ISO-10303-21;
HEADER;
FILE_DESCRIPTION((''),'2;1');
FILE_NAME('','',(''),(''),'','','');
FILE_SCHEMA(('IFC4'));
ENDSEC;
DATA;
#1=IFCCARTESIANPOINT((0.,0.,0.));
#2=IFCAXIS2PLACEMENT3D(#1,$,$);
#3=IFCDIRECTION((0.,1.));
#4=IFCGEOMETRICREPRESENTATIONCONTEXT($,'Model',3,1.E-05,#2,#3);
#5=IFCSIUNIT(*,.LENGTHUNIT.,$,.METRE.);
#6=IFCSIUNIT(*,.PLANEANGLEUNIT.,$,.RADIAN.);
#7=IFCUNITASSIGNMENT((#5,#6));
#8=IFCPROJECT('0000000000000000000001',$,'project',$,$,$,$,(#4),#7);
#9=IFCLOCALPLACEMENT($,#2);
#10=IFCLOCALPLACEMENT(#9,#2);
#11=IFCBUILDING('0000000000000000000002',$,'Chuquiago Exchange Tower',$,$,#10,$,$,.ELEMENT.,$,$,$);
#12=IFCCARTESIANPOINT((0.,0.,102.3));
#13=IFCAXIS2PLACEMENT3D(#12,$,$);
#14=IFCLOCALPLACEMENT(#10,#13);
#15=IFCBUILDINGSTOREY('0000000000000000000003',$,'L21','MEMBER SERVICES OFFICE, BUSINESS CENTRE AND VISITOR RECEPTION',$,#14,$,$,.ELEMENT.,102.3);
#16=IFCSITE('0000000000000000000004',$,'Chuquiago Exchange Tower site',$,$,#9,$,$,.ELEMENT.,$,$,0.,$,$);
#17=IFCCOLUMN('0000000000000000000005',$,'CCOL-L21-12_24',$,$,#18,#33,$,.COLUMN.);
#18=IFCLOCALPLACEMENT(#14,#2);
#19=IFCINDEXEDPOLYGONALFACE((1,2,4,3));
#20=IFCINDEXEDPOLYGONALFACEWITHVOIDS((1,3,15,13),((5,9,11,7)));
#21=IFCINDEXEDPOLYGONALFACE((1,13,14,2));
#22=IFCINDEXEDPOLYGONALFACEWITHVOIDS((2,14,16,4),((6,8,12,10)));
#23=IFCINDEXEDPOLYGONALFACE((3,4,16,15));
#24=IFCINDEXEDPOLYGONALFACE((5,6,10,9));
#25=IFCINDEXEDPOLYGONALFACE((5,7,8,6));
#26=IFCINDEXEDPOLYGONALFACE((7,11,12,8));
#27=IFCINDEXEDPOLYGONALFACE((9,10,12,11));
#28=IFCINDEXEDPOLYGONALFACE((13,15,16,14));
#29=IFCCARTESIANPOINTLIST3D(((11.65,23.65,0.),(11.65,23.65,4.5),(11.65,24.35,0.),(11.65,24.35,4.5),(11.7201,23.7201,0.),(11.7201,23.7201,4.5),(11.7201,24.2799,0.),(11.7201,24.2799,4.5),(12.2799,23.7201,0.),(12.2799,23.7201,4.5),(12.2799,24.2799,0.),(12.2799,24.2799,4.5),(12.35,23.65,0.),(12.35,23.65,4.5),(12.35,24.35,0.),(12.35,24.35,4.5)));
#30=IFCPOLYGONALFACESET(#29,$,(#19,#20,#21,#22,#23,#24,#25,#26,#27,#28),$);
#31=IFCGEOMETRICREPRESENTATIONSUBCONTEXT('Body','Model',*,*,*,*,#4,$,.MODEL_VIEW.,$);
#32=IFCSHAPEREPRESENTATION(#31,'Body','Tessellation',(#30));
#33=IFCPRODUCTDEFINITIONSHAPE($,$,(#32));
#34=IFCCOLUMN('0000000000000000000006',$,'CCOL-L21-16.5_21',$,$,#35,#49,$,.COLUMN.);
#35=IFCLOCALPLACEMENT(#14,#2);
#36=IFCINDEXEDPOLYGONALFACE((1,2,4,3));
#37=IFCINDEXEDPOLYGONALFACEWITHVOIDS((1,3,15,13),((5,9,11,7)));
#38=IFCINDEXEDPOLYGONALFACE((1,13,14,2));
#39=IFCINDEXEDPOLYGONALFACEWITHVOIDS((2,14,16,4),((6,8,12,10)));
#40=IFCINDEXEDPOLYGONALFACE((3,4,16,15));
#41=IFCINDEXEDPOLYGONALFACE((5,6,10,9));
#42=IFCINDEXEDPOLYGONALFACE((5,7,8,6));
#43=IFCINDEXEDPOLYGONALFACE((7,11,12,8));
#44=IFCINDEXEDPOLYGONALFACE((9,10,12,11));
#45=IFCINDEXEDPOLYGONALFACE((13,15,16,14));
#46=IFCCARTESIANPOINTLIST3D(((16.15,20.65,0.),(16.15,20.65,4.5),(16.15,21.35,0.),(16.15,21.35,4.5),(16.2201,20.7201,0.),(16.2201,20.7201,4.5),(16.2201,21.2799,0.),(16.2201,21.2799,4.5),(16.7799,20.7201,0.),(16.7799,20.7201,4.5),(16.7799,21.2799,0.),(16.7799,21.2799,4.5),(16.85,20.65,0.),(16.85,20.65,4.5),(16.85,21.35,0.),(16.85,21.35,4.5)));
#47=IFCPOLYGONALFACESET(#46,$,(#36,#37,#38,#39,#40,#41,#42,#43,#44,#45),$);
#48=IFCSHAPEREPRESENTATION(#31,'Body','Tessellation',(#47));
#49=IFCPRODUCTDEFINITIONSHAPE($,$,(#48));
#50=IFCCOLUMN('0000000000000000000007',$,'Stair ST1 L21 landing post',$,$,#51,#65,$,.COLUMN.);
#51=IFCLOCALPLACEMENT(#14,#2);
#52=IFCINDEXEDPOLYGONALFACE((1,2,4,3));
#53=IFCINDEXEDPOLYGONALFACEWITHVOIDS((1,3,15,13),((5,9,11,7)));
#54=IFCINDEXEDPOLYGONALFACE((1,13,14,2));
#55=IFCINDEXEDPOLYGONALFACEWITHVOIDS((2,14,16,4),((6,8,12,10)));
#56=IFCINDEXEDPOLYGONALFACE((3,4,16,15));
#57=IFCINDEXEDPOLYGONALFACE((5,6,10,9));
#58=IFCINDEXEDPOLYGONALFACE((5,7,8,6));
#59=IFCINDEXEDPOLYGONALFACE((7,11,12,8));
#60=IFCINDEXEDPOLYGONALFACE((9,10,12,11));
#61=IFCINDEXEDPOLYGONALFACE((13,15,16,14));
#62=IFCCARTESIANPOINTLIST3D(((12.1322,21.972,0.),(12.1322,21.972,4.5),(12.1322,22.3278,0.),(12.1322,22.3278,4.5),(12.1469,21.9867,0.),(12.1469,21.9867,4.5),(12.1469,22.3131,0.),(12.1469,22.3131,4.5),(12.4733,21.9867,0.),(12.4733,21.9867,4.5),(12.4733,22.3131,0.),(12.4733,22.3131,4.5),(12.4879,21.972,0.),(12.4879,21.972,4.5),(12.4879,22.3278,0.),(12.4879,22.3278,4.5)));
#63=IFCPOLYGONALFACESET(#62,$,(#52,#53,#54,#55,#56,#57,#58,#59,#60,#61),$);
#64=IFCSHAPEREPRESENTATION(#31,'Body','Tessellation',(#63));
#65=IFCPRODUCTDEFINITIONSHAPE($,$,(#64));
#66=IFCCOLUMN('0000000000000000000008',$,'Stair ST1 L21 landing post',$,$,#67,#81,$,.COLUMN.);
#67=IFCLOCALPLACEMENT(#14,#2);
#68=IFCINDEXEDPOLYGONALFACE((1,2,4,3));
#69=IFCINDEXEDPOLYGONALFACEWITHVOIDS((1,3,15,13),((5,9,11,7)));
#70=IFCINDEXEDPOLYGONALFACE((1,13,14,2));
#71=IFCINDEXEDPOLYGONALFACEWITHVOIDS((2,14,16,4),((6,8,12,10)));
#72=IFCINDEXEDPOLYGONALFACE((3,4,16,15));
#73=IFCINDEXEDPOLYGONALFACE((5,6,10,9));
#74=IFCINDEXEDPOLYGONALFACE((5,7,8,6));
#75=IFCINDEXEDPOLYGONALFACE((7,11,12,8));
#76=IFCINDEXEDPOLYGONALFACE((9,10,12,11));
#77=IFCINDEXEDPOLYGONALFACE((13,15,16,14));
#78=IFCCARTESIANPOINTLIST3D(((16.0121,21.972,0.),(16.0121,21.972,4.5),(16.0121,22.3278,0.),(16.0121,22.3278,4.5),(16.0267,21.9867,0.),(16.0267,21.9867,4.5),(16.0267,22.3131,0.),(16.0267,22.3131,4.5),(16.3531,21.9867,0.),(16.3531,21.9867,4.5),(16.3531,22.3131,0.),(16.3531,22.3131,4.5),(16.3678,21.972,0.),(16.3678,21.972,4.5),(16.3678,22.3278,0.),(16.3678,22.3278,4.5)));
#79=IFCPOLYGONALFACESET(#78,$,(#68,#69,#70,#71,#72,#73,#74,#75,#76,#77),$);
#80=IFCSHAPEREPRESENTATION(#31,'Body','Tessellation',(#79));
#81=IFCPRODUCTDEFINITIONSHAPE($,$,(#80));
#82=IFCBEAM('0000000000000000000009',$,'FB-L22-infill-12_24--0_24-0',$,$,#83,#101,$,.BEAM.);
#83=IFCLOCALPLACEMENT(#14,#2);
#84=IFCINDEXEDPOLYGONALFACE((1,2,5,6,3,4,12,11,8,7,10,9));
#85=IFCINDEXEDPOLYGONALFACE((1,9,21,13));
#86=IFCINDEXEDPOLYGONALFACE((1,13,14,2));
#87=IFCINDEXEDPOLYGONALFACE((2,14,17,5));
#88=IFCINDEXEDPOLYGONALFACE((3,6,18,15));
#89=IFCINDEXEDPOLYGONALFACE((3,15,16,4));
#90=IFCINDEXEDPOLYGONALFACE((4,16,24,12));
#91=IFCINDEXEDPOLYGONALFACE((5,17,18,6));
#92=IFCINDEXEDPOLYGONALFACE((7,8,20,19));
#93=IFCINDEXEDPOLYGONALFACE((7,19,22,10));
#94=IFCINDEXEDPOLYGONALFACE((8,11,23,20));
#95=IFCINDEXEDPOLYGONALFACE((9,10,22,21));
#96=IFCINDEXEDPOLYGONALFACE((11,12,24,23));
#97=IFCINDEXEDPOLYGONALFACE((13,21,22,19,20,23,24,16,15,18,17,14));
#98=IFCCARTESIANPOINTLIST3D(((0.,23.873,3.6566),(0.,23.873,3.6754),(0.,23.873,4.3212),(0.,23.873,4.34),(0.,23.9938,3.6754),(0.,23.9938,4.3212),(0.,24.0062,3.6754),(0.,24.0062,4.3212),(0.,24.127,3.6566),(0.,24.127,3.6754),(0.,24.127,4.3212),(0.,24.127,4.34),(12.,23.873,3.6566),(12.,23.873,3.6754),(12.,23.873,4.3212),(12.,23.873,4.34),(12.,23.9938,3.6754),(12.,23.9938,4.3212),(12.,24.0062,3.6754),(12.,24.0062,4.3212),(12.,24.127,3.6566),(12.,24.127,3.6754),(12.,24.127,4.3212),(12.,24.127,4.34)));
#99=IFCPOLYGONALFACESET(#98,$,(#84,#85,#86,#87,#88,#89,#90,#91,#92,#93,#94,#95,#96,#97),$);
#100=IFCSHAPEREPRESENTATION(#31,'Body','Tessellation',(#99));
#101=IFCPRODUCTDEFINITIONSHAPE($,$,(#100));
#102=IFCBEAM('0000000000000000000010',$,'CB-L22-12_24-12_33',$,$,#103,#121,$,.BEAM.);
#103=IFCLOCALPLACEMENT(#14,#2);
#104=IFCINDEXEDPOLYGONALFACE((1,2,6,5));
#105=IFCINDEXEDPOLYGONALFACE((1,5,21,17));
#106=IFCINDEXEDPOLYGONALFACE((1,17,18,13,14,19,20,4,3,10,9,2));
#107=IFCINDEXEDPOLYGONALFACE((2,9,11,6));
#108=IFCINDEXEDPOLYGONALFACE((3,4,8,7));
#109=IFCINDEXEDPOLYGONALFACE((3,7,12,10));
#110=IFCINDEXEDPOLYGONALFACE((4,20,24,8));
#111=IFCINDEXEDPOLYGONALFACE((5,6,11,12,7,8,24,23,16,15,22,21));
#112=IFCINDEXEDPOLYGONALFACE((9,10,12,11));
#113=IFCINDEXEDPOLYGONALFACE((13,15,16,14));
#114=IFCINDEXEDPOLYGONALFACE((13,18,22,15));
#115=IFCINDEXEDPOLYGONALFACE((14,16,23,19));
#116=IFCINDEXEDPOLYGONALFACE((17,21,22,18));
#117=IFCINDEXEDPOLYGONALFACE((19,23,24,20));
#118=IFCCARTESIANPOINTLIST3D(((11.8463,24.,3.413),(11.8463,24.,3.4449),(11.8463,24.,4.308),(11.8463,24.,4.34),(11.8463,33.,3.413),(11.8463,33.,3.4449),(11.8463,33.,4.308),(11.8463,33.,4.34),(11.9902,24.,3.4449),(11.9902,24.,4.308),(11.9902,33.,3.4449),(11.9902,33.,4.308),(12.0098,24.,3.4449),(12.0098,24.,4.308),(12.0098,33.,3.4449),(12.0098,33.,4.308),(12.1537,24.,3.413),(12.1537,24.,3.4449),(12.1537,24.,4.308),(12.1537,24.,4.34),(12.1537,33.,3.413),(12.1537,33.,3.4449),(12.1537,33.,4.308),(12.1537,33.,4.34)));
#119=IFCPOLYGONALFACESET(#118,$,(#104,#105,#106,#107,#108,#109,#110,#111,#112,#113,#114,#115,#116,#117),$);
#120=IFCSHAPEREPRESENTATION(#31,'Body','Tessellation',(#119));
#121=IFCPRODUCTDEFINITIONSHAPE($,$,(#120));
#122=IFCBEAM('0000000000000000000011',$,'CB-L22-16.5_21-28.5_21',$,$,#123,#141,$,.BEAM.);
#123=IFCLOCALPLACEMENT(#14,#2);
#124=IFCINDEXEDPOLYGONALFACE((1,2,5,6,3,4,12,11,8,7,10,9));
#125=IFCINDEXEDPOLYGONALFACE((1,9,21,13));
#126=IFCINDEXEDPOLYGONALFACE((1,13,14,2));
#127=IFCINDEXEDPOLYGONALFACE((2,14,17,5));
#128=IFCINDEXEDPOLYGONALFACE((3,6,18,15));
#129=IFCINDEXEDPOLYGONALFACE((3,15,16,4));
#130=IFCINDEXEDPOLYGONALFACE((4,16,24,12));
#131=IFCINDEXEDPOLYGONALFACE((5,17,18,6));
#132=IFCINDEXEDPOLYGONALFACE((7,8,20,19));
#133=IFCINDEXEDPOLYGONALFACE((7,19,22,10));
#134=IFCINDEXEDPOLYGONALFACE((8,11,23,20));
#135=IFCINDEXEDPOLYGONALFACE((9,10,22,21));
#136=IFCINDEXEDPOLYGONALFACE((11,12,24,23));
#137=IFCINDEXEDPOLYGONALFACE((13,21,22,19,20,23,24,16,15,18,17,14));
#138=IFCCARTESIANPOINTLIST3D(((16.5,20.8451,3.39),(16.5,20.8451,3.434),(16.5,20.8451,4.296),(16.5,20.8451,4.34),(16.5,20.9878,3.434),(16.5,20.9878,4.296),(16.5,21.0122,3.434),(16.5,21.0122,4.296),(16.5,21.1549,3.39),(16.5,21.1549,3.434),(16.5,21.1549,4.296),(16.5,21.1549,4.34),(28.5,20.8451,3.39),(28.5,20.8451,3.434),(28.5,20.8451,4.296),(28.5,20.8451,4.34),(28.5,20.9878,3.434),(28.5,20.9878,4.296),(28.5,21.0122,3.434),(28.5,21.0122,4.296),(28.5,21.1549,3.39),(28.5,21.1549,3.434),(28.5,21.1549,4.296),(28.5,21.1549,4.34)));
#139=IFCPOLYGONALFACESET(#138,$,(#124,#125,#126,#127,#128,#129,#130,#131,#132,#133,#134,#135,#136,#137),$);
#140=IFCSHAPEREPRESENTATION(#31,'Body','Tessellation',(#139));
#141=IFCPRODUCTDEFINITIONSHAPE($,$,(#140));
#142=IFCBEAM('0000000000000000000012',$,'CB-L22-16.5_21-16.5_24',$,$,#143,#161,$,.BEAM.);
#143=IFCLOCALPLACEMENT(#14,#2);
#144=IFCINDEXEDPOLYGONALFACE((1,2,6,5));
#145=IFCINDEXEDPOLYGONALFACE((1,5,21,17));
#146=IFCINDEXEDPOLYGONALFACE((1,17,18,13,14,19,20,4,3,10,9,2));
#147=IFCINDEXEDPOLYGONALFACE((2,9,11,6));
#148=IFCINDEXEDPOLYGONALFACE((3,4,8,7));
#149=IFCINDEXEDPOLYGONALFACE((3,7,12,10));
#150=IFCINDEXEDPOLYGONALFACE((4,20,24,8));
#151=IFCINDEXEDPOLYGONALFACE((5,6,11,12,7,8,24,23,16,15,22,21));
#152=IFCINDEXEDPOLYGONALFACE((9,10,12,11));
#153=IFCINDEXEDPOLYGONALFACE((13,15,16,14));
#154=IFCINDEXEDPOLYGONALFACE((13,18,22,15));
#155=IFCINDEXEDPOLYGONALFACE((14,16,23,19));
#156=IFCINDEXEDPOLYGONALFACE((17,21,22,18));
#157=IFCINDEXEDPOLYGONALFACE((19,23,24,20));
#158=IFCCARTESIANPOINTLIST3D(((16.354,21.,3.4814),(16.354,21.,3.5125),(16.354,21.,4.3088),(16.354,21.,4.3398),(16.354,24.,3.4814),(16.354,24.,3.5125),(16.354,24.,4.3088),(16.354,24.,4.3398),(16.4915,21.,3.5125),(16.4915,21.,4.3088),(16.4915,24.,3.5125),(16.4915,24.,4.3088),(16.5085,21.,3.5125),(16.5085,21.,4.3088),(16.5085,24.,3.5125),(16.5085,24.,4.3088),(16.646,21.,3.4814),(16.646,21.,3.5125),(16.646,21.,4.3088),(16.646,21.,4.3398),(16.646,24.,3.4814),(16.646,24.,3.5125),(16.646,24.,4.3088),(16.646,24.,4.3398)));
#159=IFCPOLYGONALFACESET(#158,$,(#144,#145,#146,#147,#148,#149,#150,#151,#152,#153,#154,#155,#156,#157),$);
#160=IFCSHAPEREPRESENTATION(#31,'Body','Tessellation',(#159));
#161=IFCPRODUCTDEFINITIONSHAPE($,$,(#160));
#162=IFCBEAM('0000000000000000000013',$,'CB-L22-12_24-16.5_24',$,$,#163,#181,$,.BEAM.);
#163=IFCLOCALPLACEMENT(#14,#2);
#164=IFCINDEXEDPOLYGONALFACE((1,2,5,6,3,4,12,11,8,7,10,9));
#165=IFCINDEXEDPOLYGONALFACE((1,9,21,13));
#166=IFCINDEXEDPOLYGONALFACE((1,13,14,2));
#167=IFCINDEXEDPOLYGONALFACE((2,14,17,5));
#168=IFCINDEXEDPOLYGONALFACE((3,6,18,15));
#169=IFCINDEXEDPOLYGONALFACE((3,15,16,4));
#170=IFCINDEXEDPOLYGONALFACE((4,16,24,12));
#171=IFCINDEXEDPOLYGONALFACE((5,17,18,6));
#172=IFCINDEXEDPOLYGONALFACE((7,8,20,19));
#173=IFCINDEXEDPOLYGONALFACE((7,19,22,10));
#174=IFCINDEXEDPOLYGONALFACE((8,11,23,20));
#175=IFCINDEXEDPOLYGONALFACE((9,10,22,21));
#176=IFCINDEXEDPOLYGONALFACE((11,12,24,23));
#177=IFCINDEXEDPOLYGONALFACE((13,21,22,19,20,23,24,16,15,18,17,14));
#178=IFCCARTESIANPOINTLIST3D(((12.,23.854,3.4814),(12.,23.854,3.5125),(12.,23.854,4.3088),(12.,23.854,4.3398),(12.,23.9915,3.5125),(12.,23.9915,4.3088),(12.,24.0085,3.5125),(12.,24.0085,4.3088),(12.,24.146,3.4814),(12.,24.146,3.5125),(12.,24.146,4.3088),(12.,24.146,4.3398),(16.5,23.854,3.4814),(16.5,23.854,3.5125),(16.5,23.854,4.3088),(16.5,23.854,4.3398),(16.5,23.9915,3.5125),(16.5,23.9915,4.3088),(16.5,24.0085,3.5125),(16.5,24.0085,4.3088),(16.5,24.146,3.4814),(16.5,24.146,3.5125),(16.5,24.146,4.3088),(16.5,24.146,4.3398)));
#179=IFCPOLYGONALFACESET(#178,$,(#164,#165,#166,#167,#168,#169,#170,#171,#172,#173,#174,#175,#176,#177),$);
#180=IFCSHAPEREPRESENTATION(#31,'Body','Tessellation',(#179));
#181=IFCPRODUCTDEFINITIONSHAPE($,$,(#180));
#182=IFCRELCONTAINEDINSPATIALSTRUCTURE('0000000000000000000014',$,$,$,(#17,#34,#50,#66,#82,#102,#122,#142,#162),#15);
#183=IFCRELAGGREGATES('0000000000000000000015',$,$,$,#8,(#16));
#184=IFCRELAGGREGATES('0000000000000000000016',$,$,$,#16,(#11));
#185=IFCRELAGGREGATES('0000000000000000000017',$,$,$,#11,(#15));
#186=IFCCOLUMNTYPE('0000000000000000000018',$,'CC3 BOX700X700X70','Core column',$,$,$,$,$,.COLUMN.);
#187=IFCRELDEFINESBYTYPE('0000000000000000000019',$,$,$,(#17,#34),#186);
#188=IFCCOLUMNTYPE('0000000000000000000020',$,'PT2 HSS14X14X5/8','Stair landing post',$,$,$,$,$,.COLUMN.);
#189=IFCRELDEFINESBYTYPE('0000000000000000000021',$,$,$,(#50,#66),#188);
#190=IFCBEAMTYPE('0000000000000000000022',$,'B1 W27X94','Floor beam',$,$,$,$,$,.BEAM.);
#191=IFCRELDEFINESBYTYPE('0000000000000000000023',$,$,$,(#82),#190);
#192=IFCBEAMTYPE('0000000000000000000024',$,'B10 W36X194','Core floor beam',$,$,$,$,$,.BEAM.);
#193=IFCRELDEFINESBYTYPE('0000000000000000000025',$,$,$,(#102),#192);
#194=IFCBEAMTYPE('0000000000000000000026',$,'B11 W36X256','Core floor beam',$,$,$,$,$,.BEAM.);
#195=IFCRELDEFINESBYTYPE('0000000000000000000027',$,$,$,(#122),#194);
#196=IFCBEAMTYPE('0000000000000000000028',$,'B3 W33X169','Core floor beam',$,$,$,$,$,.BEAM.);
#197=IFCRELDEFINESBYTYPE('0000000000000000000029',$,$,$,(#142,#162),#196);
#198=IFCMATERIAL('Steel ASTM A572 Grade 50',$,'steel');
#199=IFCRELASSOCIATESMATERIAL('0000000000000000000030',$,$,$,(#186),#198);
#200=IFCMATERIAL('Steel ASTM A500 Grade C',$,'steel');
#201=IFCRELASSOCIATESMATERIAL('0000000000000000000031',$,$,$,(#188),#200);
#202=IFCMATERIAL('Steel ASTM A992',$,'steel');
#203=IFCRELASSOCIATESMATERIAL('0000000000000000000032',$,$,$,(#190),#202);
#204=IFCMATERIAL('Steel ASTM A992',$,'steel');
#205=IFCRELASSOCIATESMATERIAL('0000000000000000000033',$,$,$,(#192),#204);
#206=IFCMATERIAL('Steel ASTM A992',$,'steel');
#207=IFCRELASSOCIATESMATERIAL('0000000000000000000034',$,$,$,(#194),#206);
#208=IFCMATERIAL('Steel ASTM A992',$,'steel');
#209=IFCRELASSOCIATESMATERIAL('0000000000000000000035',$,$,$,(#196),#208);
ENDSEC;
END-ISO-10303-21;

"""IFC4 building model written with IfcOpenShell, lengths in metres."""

from ifc_helpers import new_model, si_unit, direction, frame, origin, origin_2d, place, context, subcontext, project, spatial, hollow_rectangle, i_section, extrude, material, material_profile, profile_set, type_object, element, save


model = new_model("IFC4")

# Units and contexts
model_context = context("Model", 3, precision=1e-05, world=origin(), true_north=direction((0.0, 1.0)))
body_context = subcontext(model_context, "Body", "Model", "MODEL_VIEW")
ifc_project = project(units=[si_unit("LENGTHUNIT", "METRE"), si_unit("PLANEANGLEUNIT", "RADIAN")], contexts=[model_context])

# Site, building, storey
site_placement = place(None, origin())
site = spatial("IfcSite", under=ifc_project, at=site_placement, Name="Chuquiago Exchange Tower site", CompositionType="ELEMENT", RefElevation=0.0)
building_placement = place(site_placement, origin())
building = spatial("IfcBuilding", under=site, at=building_placement, Name="Chuquiago Exchange Tower", CompositionType="ELEMENT")
storey_placement = place(building_placement, frame((0.0, 0.0, 102.3)))
storey = spatial("IfcBuildingStorey", under=building, at=storey_placement, Name="L21", Description="MEMBER SERVICES OFFICE, BUSINESS CENTRE AND VISITOR RECEPTION", CompositionType="ELEMENT", Elevation=102.3)

# Columns
ifc_material_1 = material(Name="Steel ASTM A572 Grade 50", Category="steel")
ifc_material_profile_1 = material_profile(ifc_material_1, hollow_rectangle(XDim=0.7, YDim=0.7, WallThickness=0.0701, at=origin_2d()), Name="BOX700X700X70")
ifc_profile_set_1 = profile_set([ifc_material_profile_1], Name="Steel ASTM A572 Grade 50")
column_type_1 = type_object("IfcColumnType", Name="CC3 BOX700X700X70", Description="Core column", PredefinedType="COLUMN", material=ifc_profile_set_1)
for number, where, z_axis, x_axis, name in (
    (1, (12.0, 24.0, 0.0), (0.0, 0.0, 1.0), (1.0, 0.0, 0.0), "CCOL-L21-12_24"),
    (2, (16.5, 21.0, 0.0), (0.0, 0.0, 1.0), (1.0, 0.0, 0.0), "CCOL-L21-16.5_21"),
):
    element("IfcColumn", number, at=place(storey_placement, frame(where, z_axis=z_axis, x_axis=x_axis)), inside=storey, type_object=column_type_1, Name=name, PredefinedType="COLUMN", context=body_context, shape_type="SweptSolid", body=[
        extrude(hollow_rectangle(XDim=0.7, YDim=0.7, WallThickness=0.0701, at=origin_2d()), origin(), (0.0, 0.0, 1.0), 4.5),
    ])
ifc_material_2 = material(Name="Steel ASTM A500 Grade C", Category="steel")
ifc_material_profile_2 = material_profile(ifc_material_2, hollow_rectangle(XDim=0.3557, YDim=0.3557, WallThickness=0.0146, at=origin_2d()), Name="HSS14X14X5/8")
ifc_profile_set_2 = profile_set([ifc_material_profile_2], Name="Steel ASTM A500 Grade C")
column_type_2 = type_object("IfcColumnType", Name="PT2 HSS14X14X5/8", Description="Stair landing post", PredefinedType="COLUMN", material=ifc_profile_set_2)
for number, where, z_axis, x_axis, name in (
    (3, (12.3101, 22.1499, 0.0), (0.0, 0.0, 1.0), (1.0, 0.0, 0.0), "Stair ST1 L21 landing post"),
    (4, (16.1899, 22.1499, 0.0), (0.0, 0.0, 1.0), (1.0, 0.0, 0.0), "Stair ST1 L21 landing post"),
):
    element("IfcColumn", number, at=place(storey_placement, frame(where, z_axis=z_axis, x_axis=x_axis)), inside=storey, type_object=column_type_2, Name=name, PredefinedType="COLUMN", context=body_context, shape_type="SweptSolid", body=[
        extrude(hollow_rectangle(XDim=0.3557, YDim=0.3557, WallThickness=0.0146, at=origin_2d()), origin(), (0.0, 0.0, 1.0), 4.5),
    ])

# Beams
ifc_material_3 = material(Name="Steel ASTM A992", Category="steel")
ifc_material_profile_3 = material_profile(ifc_material_3, i_section(OverallWidth=0.2539, OverallDepth=0.6833, WebThickness=0.0125, FlangeThickness=0.0188, at=origin_2d()), Name="W27X94")
ifc_profile_set_3 = profile_set([ifc_material_profile_3], Name="Steel ASTM A992")
beam_type_1 = type_object("IfcBeamType", Name="B1 W27X94", Description="Floor beam", PredefinedType="BEAM", material=ifc_profile_set_3)
beam_1_placement = place(storey_placement, frame((12.0, 24.0, 3.9983), z_axis=(-1.0, 0.0, 0.0), x_axis=(0.0, -1.0, 0.0)))
element("IfcBeam", 5, at=beam_1_placement, inside=storey, type_object=beam_type_1, Name="FB-L22-infill-12_24--0_24-0", PredefinedType="BEAM", context=body_context, shape_type="SweptSolid", body=[
    extrude(i_section(OverallWidth=0.2539, OverallDepth=0.6833, WebThickness=0.0125, FlangeThickness=0.0188, at=origin_2d()), origin(), (0.0, 0.0, 1.0), 12.0),
])
ifc_material_4 = material(Name="Steel ASTM A992", Category="steel")
ifc_material_profile_4 = material_profile(ifc_material_4, i_section(OverallWidth=0.3074, OverallDepth=0.927, WebThickness=0.0195, FlangeThickness=0.032, at=origin_2d()), Name="W36X194")
ifc_profile_set_4 = profile_set([ifc_material_profile_4], Name="Steel ASTM A992")
beam_type_2 = type_object("IfcBeamType", Name="B10 W36X194", Description="Core floor beam", PredefinedType="BEAM", material=ifc_profile_set_4)
beam_2_placement = place(storey_placement, frame((12.0, 24.0, 3.8765), z_axis=(0.0, 1.0, 0.0), x_axis=(-1.0, 0.0, 0.0)))
element("IfcBeam", 6, at=beam_2_placement, inside=storey, type_object=beam_type_2, Name="CB-L22-12_24-12_33", PredefinedType="BEAM", context=body_context, shape_type="SweptSolid", body=[
    extrude(i_section(OverallWidth=0.3074, OverallDepth=0.927, WebThickness=0.0195, FlangeThickness=0.032, at=origin_2d()), origin(), (0.0, 0.0, 1.0), 9.0),
])
ifc_material_5 = material(Name="Steel ASTM A992", Category="steel")
ifc_material_profile_5 = material_profile(ifc_material_5, i_section(OverallWidth=0.3098, OverallDepth=0.95, WebThickness=0.0244, FlangeThickness=0.0439, at=origin_2d()), Name="W36X256")
ifc_profile_set_5 = profile_set([ifc_material_profile_5], Name="Steel ASTM A992")
beam_type_3 = type_object("IfcBeamType", Name="B11 W36X256", Description="Core floor beam", PredefinedType="BEAM", material=ifc_profile_set_5)
beam_3_placement = place(storey_placement, frame((16.5, 21.0, 3.865), z_axis=(1.0, 0.0, 0.0), x_axis=(0.0, 1.0, 0.0)))
element("IfcBeam", 7, at=beam_3_placement, inside=storey, type_object=beam_type_3, Name="CB-L22-16.5_21-28.5_21", PredefinedType="BEAM", context=body_context, shape_type="SweptSolid", body=[
    extrude(i_section(OverallWidth=0.3098, OverallDepth=0.95, WebThickness=0.0244, FlangeThickness=0.0439, at=origin_2d()), origin(), (0.0, 0.0, 1.0), 12.0),
])
ifc_material_6 = material(Name="Steel ASTM A992", Category="steel")
ifc_material_profile_6 = material_profile(ifc_material_6, i_section(OverallWidth=0.292, OverallDepth=0.8584, WebThickness=0.0171, FlangeThickness=0.031, at=origin_2d()), Name="W33X169")
ifc_profile_set_6 = profile_set([ifc_material_profile_6], Name="Steel ASTM A992")
beam_type_4 = type_object("IfcBeamType", Name="B3 W33X169", Description="Core floor beam", PredefinedType="BEAM", material=ifc_profile_set_6)
beam_4_placement = place(storey_placement, frame((16.5, 21.0, 3.9106), z_axis=(0.0, 1.0, 0.0), x_axis=(-1.0, 0.0, 0.0)))
element("IfcBeam", 8, at=beam_4_placement, inside=storey, type_object=beam_type_4, Name="CB-L22-16.5_21-16.5_24", PredefinedType="BEAM", context=body_context, shape_type="SweptSolid", body=[
    extrude(i_section(OverallWidth=0.292, OverallDepth=0.8584, WebThickness=0.0171, FlangeThickness=0.031, at=origin_2d()), origin(), (0.0, 0.0, 1.0), 3.0),
])
beam_5_placement = place(storey_placement, frame((12.0, 24.0, 3.9106), z_axis=(1.0, 0.0, 0.0), x_axis=(0.0, 1.0, 0.0)))
element("IfcBeam", 9, at=beam_5_placement, inside=storey, type_object=beam_type_4, Name="CB-L22-12_24-16.5_24", PredefinedType="BEAM", context=body_context, shape_type="SweptSolid", body=[
    extrude(i_section(OverallWidth=0.292, OverallDepth=0.8584, WebThickness=0.0171, FlangeThickness=0.031, at=origin_2d()), origin(), (0.0, 0.0, 1.0), 4.5),
])

save(model, "model.ifc")
